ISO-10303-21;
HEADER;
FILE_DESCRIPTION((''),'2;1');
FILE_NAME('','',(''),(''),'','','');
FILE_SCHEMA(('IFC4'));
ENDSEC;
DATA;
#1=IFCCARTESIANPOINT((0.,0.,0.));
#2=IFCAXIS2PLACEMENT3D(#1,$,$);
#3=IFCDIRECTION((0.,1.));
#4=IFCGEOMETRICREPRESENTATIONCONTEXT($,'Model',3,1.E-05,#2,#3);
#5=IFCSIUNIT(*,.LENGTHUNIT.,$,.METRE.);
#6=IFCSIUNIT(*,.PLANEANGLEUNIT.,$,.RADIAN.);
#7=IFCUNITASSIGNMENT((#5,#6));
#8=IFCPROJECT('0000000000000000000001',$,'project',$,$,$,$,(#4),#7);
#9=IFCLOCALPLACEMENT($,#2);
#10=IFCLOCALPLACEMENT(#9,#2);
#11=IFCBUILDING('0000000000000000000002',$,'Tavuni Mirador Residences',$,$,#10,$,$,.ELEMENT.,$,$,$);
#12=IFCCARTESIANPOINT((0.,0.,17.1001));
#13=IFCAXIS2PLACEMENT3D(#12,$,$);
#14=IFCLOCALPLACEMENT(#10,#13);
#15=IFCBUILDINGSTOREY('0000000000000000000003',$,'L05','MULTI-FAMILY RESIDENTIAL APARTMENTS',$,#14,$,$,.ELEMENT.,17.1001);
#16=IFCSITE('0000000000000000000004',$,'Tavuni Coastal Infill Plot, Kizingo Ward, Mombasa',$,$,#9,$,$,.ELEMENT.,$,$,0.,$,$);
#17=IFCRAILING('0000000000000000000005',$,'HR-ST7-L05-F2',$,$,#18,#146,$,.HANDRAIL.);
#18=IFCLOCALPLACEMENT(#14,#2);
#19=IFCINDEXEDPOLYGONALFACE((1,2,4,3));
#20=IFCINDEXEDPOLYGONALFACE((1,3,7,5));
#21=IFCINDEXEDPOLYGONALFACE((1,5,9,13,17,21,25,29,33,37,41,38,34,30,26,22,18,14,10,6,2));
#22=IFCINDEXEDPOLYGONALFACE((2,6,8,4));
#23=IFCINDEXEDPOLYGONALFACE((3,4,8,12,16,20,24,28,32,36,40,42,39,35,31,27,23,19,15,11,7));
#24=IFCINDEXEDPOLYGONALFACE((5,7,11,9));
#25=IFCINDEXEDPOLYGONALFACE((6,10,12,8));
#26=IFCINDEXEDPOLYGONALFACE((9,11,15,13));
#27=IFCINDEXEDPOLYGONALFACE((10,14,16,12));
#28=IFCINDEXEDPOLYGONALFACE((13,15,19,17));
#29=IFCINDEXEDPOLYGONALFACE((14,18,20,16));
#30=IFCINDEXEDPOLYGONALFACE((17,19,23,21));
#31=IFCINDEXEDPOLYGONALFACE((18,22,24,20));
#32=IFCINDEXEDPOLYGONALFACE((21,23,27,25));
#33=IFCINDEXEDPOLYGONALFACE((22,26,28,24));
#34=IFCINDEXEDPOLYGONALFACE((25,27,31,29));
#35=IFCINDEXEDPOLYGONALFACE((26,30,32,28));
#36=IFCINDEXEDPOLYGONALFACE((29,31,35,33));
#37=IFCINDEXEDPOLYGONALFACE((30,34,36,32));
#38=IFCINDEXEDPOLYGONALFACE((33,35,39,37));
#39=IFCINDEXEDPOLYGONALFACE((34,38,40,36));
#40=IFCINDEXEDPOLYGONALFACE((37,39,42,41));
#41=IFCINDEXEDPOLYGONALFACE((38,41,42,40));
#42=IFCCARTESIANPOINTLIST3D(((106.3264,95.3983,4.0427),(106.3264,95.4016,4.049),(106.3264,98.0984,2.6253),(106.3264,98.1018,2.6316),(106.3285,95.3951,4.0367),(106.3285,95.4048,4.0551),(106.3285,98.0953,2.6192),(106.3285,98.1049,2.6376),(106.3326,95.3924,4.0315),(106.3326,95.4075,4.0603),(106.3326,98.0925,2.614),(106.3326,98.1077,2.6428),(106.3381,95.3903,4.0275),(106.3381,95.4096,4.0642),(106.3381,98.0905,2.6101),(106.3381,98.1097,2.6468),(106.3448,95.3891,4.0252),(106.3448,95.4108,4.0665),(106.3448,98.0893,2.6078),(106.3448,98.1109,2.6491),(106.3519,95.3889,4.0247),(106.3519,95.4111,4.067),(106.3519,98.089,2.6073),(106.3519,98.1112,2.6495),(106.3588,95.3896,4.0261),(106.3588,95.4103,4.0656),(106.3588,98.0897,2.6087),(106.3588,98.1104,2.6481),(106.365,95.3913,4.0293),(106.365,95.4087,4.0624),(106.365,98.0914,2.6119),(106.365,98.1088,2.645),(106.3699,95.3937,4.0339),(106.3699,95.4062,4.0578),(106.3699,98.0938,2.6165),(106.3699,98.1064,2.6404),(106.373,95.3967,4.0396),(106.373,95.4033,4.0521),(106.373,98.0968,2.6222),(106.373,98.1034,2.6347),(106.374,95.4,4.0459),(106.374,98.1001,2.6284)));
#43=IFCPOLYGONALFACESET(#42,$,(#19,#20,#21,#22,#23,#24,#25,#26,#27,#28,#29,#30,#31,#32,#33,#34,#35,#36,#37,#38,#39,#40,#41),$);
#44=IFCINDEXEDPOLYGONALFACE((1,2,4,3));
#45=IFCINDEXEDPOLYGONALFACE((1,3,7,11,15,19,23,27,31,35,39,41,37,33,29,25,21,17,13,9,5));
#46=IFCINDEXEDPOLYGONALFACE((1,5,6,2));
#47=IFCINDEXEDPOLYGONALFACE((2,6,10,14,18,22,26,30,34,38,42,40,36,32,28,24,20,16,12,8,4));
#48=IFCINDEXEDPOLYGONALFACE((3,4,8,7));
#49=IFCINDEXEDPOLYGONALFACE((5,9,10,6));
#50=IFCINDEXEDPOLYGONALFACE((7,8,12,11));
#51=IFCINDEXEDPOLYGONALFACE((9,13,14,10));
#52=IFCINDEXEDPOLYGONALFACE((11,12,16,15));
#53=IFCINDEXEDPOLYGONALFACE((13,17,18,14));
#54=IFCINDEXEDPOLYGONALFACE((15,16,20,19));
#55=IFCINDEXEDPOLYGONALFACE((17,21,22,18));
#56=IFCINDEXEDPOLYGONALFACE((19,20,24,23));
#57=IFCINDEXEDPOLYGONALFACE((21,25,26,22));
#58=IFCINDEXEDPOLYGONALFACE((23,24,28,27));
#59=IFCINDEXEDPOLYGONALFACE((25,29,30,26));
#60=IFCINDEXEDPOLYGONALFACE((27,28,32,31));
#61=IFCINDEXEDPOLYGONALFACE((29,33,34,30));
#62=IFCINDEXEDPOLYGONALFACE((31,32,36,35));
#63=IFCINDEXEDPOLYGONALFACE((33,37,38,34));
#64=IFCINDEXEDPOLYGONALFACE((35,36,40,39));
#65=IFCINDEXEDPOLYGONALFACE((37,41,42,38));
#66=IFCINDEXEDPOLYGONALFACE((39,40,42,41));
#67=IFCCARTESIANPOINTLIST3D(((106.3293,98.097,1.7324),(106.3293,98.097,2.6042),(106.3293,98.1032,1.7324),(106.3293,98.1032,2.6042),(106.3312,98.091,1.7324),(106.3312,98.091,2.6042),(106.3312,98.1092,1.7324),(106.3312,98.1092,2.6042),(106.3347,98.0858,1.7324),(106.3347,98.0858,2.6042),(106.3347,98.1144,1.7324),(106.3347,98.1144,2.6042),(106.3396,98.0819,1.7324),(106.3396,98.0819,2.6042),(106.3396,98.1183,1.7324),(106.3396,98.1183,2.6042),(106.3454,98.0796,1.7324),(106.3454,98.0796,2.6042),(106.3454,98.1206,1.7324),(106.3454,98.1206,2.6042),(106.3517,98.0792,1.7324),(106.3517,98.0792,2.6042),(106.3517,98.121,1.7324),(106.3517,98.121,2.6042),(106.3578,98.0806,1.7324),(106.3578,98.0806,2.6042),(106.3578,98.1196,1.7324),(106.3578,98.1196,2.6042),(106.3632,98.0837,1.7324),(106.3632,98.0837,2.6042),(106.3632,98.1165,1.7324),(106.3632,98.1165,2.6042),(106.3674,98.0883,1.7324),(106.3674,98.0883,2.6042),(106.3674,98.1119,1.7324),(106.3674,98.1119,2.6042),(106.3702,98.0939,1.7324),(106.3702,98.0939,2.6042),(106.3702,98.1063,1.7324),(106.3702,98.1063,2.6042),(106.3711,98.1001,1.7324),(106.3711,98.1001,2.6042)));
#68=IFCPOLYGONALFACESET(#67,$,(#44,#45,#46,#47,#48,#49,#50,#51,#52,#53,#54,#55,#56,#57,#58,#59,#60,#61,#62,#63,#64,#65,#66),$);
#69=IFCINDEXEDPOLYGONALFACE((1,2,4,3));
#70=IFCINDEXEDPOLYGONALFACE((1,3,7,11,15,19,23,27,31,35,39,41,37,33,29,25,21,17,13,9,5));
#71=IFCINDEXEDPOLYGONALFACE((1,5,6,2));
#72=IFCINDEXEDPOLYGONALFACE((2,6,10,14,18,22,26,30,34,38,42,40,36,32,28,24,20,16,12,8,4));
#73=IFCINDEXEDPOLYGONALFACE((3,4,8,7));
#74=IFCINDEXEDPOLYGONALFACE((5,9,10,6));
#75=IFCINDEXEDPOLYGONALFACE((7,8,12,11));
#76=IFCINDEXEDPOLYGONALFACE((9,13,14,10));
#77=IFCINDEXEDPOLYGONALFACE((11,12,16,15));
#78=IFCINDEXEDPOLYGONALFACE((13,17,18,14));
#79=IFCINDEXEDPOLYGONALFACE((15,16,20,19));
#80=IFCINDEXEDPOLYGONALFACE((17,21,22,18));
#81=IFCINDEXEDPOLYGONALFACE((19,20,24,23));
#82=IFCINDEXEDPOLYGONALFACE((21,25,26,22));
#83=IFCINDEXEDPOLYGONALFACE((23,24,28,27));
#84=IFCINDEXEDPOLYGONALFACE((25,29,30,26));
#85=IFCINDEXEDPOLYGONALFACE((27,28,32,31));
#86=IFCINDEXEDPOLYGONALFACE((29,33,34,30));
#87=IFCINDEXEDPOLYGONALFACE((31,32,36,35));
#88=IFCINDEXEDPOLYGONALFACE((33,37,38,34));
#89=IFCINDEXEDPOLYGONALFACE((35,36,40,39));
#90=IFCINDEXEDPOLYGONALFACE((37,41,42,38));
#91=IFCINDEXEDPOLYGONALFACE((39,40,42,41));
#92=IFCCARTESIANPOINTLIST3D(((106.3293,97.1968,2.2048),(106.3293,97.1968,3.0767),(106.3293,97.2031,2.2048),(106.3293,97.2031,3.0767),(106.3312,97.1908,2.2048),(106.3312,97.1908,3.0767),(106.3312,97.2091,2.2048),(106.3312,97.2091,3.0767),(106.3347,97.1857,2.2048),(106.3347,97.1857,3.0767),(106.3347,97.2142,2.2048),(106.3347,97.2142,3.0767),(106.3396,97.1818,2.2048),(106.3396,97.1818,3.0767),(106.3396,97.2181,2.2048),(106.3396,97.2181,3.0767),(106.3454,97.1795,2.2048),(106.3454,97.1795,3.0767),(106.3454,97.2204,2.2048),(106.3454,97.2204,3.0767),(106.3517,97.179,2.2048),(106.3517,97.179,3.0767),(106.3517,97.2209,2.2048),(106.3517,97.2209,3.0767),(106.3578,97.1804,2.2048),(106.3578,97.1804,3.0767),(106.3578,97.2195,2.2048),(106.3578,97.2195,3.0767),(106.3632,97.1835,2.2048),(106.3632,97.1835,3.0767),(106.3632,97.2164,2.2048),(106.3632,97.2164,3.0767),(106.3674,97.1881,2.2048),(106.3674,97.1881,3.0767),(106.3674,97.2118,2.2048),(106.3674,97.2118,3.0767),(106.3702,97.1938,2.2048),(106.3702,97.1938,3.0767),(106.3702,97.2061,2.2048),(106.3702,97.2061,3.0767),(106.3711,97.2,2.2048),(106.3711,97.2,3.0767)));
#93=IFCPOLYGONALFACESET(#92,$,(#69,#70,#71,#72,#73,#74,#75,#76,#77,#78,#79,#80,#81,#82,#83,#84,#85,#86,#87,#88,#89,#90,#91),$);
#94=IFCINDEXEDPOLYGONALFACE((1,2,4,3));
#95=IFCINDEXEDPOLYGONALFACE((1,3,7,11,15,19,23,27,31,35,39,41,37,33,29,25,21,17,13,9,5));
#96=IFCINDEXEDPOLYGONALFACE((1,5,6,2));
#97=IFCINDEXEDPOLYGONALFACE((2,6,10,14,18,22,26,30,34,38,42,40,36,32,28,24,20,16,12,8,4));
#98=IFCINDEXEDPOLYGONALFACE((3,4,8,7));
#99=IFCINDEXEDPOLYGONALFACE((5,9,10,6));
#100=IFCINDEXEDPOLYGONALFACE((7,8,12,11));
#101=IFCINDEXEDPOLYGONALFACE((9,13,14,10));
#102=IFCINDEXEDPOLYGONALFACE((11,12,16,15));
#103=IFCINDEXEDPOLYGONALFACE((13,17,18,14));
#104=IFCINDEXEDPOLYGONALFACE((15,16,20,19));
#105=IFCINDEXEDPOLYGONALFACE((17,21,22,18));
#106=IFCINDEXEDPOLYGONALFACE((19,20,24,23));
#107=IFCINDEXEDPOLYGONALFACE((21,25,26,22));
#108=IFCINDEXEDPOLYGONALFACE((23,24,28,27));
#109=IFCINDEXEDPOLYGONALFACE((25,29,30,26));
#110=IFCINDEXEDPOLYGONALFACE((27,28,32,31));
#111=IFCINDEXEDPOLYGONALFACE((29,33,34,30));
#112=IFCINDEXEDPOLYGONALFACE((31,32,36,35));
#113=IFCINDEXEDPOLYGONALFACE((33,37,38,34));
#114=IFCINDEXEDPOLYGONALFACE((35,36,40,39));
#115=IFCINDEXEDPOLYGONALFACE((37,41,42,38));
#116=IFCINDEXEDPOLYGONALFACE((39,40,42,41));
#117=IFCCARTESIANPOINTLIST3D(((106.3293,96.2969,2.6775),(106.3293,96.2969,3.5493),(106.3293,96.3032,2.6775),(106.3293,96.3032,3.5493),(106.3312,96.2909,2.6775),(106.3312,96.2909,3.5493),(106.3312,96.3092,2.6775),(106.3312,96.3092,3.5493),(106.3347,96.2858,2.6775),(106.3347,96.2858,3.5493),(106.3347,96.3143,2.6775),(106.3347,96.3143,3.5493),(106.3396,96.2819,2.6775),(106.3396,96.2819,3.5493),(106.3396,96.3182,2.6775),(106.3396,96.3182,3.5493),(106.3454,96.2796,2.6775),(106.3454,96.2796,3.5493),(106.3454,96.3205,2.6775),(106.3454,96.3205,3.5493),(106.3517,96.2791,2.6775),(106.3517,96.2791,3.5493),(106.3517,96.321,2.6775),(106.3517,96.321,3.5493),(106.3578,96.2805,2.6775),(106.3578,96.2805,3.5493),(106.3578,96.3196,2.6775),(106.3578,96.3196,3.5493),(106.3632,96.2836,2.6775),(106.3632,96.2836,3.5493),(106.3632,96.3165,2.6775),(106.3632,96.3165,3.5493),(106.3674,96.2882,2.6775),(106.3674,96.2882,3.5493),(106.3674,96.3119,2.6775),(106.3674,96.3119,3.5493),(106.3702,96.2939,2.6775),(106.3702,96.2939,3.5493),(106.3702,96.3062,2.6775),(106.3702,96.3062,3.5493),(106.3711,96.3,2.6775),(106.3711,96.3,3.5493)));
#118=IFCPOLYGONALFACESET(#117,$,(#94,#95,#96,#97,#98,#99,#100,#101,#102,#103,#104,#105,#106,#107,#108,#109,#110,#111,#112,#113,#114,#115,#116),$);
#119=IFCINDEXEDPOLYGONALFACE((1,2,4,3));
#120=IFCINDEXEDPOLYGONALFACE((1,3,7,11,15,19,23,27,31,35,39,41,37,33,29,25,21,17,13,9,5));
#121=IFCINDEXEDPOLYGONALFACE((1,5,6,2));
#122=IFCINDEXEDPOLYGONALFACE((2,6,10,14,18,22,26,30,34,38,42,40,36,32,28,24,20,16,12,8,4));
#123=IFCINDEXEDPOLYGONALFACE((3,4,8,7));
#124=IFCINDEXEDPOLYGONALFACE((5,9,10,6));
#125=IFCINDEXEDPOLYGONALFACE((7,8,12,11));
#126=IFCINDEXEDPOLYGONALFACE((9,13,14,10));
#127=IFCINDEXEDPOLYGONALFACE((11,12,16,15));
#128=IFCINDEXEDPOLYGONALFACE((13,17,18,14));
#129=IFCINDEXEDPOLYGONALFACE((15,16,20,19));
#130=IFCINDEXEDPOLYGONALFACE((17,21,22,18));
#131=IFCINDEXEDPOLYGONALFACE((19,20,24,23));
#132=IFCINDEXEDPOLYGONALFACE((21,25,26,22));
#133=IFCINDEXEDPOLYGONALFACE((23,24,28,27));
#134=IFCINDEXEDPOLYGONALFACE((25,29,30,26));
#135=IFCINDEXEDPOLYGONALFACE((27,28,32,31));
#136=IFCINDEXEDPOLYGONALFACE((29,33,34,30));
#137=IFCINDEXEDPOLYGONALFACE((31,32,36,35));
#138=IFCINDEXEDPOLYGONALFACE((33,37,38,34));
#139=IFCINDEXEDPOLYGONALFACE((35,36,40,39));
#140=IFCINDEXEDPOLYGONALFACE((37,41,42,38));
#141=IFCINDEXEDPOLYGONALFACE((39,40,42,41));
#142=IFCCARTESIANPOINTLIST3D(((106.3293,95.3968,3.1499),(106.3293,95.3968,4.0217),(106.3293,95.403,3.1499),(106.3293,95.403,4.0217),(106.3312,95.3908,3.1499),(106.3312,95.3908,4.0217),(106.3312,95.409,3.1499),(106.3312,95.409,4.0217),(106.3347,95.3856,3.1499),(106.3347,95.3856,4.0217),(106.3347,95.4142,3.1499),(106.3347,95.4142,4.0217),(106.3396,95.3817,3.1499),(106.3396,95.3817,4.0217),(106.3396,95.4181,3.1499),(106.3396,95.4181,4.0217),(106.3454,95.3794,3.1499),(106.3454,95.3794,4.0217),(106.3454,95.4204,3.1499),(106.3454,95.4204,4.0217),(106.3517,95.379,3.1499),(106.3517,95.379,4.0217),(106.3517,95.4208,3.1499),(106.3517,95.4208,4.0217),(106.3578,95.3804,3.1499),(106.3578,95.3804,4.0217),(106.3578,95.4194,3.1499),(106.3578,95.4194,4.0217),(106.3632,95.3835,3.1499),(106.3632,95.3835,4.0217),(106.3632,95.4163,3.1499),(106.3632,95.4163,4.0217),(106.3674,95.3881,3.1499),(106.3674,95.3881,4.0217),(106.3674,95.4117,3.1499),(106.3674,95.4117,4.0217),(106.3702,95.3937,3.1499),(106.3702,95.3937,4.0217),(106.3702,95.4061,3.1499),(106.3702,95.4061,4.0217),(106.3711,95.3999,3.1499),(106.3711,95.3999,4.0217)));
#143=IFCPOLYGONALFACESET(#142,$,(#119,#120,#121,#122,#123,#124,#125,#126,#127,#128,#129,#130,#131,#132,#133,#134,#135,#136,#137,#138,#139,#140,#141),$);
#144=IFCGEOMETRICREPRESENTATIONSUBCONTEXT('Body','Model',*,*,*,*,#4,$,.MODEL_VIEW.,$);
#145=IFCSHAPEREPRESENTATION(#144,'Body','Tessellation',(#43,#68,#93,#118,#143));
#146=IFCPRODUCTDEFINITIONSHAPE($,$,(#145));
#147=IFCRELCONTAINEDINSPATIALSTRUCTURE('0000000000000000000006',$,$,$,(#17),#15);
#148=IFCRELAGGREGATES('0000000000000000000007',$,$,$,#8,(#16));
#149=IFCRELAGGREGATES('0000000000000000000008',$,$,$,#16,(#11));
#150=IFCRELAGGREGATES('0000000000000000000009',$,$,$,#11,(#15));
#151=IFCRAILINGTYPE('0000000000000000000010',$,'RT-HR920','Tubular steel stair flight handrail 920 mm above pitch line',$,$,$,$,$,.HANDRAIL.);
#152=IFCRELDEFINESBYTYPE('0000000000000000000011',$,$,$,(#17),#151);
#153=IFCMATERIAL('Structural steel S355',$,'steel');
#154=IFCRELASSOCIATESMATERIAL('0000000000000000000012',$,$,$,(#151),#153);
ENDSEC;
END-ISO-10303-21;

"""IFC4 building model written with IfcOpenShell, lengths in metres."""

from ifc_helpers import new_model, si_unit, direction, frame, origin, origin_2d, place, context, subcontext, project, spatial, circle, extrude, material, type_object, element, save


model = new_model("IFC4")

# Units and contexts
model_context = context("Model", 3, precision=1e-05, world=origin(), true_north=direction((0.0, 1.0)))
body_context = subcontext(model_context, "Body", "Model", "MODEL_VIEW")
ifc_project = project(units=[si_unit("LENGTHUNIT", "METRE"), si_unit("PLANEANGLEUNIT", "RADIAN")], contexts=[model_context])

# Site, building, storey
site_placement = place(None, origin())
site = spatial("IfcSite", under=ifc_project, at=site_placement, Name="Tavuni Coastal Infill Plot, Kizingo Ward, Mombasa", CompositionType="ELEMENT", RefElevation=0.0)
building_placement = place(site_placement, origin())
building = spatial("IfcBuilding", under=site, at=building_placement, Name="Tavuni Mirador Residences", CompositionType="ELEMENT")
storey_placement = place(building_placement, frame((0.0, 0.0, 17.1001)))
storey = spatial("IfcBuildingStorey", under=building, at=storey_placement, Name="L05", Description="MULTI-FAMILY RESIDENTIAL APARTMENTS", CompositionType="ELEMENT", Elevation=17.1001)

# Shared definitions
ifc_material_1 = material(Name="Structural steel S355", Category="steel")

# Railing
railing_type_1 = type_object("IfcRailingType", Name="RT-HR920", Description="Tubular steel stair flight handrail 920 mm above pitch line", PredefinedType="HANDRAIL", material=ifc_material_1)
railing_1_placement = place(storey_placement, frame((106.3501, 98.1001, 1.7324)))
element("IfcRailing", 1, at=railing_1_placement, inside=storey, type_object=railing_type_1, Name="HR-ST7-L05-F2", PredefinedType="HANDRAIL", context=body_context, shape_type="SweptSolid", body=[
    extrude(circle(Radius=0.0239, at=origin_2d()), frame((0.0, 0.0, 0.896), z_axis=(0.0, -0.885414, 0.464803), x_axis=(1.0, 0.0, 0.0)), (0.0, 0.0, 1.0), 3.0496),
    extrude(circle(Radius=0.021, at=origin_2d()), origin(), (0.0, 0.0, 1.0), 0.8718),
    extrude(circle(Radius=0.021, at=origin_2d()), frame((0.0, -0.9001, 0.4724)), (0.0, 0.0, 1.0), 0.8718),
    extrude(circle(Radius=0.021, at=origin_2d()), frame((0.0, -1.8, 0.9451)), (0.0, 0.0, 1.0), 0.8718),
    extrude(circle(Radius=0.021, at=origin_2d()), frame((0.0, -2.7002, 1.4175)), (0.0, 0.0, 1.0), 0.8718),
])

save(model, "model.ifc")
